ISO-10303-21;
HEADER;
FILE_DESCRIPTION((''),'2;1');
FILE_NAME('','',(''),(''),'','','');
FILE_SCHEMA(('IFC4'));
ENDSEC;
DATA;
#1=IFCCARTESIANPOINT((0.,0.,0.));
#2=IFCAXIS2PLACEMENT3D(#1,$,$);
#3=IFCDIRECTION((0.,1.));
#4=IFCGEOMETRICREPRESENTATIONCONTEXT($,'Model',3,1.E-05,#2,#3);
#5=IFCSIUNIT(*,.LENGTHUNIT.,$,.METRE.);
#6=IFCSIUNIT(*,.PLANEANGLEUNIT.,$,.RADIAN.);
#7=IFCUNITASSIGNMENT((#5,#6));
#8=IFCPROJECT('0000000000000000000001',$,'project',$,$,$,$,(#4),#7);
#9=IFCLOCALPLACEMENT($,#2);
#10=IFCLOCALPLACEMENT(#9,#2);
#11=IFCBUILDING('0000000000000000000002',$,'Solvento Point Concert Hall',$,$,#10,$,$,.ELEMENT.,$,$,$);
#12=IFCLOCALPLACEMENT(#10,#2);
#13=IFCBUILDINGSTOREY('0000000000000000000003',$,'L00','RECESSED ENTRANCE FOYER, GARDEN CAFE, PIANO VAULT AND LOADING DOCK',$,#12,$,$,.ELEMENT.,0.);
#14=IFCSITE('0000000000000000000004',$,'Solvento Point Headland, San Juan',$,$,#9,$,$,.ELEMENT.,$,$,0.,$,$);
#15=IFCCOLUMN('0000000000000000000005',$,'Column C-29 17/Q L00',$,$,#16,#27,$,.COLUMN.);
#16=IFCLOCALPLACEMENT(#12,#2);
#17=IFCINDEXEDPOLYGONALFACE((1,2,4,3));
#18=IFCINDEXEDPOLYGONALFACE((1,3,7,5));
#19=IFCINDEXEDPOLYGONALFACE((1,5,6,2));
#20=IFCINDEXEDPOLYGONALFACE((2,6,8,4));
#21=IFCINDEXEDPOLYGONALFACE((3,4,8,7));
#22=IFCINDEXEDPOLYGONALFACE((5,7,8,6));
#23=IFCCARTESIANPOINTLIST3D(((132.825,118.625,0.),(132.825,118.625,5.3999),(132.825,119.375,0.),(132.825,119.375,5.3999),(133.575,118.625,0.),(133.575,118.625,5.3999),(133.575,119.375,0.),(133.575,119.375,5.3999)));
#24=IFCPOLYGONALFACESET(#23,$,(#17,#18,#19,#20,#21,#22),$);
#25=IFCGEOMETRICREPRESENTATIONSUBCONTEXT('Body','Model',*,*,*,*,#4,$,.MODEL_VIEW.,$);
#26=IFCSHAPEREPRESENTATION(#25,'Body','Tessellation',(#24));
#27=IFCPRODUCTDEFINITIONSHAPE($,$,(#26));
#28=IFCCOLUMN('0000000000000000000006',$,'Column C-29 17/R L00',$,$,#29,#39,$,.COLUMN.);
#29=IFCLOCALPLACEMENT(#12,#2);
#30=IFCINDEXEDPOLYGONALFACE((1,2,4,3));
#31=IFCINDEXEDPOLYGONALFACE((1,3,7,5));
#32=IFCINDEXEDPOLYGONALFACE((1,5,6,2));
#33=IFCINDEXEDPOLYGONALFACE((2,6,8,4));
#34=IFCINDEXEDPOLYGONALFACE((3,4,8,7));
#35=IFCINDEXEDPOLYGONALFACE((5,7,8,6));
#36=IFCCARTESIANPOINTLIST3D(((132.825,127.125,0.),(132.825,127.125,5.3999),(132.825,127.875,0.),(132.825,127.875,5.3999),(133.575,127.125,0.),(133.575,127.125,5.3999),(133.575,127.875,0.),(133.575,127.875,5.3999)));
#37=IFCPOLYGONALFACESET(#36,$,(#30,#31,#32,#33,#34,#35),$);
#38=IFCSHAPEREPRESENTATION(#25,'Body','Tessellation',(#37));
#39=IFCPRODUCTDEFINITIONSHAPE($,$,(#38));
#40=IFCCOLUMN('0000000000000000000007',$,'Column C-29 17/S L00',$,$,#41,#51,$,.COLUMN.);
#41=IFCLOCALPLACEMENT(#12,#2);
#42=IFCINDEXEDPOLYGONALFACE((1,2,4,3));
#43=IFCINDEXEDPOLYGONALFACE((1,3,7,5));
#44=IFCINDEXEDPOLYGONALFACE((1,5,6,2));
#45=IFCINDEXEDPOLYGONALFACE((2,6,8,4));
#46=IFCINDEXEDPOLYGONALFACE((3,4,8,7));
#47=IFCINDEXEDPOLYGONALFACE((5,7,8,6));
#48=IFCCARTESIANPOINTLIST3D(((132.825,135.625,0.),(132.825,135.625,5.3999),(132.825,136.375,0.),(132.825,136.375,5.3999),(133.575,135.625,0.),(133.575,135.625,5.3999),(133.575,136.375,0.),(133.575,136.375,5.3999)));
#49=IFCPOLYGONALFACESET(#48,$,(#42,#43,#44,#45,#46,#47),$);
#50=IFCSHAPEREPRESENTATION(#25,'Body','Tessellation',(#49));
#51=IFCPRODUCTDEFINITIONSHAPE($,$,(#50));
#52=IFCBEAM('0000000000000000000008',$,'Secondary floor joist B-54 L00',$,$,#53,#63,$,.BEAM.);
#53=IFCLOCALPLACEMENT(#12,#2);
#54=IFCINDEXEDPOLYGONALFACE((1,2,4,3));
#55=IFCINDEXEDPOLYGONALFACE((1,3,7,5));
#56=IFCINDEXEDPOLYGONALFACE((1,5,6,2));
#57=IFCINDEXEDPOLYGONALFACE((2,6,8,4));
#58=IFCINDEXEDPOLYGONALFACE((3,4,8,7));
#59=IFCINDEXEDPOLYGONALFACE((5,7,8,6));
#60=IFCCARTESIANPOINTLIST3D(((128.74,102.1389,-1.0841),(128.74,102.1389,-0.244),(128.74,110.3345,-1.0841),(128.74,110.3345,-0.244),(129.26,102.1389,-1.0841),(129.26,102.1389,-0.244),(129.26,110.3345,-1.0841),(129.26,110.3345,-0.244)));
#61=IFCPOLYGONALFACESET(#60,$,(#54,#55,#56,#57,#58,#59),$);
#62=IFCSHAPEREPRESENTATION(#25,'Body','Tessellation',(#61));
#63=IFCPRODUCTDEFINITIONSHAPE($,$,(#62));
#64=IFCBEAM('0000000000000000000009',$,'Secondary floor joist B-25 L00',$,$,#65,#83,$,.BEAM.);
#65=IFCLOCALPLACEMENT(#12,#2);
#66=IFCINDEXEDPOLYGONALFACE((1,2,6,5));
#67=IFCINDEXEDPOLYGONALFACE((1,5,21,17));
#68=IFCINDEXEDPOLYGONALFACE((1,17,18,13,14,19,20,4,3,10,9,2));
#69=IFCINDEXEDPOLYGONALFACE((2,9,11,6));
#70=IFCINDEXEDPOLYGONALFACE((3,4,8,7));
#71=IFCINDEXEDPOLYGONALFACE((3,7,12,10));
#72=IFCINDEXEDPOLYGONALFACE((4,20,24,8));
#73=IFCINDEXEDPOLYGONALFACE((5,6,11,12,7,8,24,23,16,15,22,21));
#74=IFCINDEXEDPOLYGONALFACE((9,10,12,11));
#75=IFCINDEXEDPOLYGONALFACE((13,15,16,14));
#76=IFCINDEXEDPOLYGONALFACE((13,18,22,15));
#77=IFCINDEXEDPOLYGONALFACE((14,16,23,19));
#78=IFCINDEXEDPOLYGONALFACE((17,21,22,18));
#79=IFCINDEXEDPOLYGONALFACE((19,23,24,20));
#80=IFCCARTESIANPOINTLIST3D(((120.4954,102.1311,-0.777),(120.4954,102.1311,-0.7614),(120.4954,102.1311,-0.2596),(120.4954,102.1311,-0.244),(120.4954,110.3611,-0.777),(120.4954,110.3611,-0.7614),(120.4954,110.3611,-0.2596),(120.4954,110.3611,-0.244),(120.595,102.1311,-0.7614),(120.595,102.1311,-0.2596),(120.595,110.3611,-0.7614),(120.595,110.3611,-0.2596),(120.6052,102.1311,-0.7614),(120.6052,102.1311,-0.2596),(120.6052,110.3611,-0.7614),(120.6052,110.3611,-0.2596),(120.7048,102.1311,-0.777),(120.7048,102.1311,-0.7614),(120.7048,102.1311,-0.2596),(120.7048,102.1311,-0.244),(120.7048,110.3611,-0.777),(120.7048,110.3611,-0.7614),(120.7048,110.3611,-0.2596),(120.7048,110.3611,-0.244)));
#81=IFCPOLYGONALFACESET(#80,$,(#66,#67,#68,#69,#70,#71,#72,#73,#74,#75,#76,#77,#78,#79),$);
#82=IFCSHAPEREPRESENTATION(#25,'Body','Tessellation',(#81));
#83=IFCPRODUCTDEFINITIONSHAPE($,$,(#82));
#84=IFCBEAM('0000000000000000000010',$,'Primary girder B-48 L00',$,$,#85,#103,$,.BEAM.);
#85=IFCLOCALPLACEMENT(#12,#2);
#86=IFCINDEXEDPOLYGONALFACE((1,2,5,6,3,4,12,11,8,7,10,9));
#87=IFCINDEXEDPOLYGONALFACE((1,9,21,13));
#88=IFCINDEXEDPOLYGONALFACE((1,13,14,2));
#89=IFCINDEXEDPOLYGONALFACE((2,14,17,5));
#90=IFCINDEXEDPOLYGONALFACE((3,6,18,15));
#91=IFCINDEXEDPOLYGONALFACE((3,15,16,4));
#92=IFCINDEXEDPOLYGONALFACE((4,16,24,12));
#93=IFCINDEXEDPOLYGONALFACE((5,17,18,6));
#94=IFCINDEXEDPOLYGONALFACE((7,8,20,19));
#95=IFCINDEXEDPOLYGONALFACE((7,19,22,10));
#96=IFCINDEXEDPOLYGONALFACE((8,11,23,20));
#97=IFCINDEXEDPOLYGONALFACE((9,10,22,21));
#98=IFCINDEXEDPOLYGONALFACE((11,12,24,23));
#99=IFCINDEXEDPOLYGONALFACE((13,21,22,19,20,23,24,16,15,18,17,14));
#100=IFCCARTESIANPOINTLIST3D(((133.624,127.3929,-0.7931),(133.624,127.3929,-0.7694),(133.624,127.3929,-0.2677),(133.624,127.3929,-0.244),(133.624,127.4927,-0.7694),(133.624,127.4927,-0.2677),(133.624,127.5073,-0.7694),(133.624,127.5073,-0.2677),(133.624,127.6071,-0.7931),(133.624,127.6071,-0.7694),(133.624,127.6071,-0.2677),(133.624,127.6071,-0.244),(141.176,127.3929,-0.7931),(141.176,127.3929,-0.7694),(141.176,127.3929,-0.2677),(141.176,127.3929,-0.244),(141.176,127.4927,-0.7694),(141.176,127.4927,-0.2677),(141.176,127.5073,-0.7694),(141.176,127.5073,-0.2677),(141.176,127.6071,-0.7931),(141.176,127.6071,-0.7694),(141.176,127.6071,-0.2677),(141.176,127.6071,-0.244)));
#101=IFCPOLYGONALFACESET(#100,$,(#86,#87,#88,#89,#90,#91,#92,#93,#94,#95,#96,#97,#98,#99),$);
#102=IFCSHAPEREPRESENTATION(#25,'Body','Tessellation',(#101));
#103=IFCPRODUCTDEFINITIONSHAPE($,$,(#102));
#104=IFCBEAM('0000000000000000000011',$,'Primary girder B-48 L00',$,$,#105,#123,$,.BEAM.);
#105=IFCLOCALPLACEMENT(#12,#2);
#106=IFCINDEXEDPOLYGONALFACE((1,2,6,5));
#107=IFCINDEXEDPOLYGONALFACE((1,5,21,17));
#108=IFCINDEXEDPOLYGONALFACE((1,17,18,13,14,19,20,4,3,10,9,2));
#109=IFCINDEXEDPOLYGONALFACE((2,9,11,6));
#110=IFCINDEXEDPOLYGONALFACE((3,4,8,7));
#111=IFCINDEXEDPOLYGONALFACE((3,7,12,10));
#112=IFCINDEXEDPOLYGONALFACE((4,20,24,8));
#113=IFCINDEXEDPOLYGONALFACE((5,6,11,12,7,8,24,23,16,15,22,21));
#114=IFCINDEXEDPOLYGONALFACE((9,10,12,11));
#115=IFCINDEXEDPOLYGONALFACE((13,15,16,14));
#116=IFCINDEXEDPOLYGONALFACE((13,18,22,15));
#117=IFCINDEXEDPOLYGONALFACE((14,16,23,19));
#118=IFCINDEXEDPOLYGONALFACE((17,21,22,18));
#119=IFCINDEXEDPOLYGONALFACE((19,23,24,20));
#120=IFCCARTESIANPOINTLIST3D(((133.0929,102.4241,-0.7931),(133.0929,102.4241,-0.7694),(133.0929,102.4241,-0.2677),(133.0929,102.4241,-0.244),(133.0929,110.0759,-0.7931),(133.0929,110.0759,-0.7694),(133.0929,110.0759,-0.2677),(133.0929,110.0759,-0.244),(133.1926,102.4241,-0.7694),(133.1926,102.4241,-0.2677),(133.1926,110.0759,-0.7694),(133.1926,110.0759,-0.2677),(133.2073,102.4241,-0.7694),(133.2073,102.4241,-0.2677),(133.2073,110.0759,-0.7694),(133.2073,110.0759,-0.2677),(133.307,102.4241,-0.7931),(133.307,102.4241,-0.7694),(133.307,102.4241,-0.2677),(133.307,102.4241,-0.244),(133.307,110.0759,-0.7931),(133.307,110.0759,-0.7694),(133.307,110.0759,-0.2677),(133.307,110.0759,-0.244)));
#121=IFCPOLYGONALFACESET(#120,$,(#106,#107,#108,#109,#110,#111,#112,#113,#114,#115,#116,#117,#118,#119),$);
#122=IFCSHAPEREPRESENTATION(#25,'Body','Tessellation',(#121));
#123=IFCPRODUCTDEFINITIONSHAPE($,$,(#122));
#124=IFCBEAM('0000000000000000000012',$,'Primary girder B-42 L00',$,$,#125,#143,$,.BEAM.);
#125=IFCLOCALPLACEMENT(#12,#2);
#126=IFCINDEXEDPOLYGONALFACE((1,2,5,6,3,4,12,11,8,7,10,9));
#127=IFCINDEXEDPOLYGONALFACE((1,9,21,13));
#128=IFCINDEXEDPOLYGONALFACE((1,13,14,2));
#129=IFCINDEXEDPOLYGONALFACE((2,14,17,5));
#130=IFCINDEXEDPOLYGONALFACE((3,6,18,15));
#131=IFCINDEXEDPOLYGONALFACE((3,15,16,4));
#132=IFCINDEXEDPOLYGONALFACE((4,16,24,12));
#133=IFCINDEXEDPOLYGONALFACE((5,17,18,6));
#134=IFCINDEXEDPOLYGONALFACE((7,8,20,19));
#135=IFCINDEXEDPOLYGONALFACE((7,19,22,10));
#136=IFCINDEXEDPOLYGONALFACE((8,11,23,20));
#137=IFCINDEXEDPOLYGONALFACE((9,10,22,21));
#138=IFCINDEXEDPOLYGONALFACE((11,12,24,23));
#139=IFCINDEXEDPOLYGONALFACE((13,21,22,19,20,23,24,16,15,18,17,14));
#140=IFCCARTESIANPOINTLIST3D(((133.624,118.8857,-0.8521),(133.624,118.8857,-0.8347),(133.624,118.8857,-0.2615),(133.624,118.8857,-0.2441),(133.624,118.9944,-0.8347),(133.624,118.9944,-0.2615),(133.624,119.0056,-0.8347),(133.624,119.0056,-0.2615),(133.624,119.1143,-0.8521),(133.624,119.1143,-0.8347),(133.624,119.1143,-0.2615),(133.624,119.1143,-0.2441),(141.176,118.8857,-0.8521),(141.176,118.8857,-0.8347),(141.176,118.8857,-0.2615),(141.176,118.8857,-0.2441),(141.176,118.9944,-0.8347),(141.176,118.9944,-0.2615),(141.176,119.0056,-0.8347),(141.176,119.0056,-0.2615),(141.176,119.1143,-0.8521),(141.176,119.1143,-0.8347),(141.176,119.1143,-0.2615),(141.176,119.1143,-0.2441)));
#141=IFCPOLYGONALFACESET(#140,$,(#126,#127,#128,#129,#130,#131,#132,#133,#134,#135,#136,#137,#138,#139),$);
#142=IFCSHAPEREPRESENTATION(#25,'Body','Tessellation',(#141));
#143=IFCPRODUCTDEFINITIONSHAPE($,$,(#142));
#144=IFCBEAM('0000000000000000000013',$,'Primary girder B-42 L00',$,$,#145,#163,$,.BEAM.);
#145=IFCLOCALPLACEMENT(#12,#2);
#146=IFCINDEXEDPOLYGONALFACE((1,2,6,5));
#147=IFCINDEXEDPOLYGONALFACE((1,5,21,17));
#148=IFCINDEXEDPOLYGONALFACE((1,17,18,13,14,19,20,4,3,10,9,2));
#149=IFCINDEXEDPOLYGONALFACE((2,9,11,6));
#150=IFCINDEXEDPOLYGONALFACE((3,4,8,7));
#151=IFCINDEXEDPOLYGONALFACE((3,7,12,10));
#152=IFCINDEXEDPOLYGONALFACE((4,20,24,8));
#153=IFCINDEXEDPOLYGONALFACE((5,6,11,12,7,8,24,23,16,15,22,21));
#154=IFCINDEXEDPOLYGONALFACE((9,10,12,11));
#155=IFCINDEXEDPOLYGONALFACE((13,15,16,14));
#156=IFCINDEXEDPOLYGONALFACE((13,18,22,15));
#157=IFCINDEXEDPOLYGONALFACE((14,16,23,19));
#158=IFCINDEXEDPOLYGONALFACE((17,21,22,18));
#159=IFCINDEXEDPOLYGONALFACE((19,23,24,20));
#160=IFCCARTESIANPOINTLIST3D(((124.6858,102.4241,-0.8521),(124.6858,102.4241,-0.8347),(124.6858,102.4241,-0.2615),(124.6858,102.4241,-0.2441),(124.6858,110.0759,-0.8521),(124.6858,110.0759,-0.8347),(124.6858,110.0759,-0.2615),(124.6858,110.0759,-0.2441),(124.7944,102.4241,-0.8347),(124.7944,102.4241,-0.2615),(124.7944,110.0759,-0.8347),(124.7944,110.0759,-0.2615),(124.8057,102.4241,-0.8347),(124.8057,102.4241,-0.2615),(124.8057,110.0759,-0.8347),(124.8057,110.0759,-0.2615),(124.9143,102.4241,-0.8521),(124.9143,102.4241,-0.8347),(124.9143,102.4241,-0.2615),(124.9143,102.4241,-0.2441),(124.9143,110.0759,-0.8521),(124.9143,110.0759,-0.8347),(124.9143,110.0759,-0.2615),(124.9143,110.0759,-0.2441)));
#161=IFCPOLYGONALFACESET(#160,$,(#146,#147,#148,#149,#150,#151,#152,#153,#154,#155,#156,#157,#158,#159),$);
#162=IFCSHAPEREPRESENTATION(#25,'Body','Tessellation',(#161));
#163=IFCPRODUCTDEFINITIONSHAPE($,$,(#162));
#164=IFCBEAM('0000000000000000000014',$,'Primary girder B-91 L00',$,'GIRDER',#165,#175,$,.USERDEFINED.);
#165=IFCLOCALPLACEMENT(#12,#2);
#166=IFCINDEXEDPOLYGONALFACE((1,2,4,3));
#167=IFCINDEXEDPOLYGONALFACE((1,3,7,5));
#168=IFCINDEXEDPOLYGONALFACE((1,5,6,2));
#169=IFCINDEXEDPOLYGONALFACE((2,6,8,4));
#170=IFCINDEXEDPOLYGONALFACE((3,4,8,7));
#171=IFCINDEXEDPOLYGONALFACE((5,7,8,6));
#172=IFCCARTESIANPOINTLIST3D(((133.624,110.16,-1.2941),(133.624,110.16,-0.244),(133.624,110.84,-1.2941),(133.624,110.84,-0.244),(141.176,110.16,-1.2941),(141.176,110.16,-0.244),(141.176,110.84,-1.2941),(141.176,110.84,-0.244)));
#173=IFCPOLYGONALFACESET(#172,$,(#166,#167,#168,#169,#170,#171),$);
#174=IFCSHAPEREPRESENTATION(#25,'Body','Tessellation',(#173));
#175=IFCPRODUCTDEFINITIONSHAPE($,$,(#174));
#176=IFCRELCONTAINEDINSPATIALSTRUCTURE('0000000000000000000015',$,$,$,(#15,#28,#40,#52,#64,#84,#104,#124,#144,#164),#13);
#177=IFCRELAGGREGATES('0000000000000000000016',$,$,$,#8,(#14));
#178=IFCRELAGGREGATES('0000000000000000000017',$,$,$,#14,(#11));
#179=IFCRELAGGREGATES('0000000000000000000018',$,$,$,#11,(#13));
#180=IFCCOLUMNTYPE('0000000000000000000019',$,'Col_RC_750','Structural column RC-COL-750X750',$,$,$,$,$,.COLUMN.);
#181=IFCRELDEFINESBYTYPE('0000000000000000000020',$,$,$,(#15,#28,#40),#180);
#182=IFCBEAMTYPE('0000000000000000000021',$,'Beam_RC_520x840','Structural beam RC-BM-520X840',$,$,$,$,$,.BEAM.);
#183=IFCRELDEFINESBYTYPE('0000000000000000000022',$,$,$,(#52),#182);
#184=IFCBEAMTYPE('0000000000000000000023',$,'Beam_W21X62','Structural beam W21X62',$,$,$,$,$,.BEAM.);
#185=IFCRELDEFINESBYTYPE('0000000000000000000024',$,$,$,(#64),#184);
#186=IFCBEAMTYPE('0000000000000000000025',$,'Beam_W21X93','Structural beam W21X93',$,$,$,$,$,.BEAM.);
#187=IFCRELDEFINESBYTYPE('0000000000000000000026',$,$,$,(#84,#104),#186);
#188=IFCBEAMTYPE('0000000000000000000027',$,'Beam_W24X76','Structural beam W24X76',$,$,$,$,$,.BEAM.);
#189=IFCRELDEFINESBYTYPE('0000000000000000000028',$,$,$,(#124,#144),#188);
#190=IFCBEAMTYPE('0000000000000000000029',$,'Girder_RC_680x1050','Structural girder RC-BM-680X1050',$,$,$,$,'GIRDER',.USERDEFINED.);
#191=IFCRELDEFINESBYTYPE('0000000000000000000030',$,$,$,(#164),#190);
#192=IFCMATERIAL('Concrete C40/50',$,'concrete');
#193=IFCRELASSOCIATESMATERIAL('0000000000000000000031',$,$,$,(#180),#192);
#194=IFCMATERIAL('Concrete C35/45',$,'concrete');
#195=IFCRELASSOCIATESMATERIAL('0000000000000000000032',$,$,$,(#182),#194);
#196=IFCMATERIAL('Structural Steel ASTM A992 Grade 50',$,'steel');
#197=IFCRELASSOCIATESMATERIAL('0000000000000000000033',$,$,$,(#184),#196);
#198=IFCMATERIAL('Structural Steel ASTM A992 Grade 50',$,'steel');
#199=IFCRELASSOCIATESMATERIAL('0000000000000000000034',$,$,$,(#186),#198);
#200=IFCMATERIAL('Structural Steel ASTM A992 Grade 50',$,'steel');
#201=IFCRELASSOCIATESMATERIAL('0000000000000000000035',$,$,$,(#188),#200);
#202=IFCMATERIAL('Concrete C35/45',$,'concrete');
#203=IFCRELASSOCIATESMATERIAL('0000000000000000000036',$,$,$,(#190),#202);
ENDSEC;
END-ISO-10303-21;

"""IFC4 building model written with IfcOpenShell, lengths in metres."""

from ifc_helpers import new_model, si_unit, direction, frame, origin, origin_2d, place, context, subcontext, project, spatial, rectangle, i_section, extrude, material, material_profile, profile_set, type_object, element, save


model = new_model("IFC4")

# Units and contexts
model_context = context("Model", 3, precision=1e-05, world=origin(), true_north=direction((0.0, 1.0)))
body_context = subcontext(model_context, "Body", "Model", "MODEL_VIEW")
ifc_project = project(units=[si_unit("LENGTHUNIT", "METRE"), si_unit("PLANEANGLEUNIT", "RADIAN")], contexts=[model_context])

# Site, building, storey
site_placement = place(None, origin())
site = spatial("IfcSite", under=ifc_project, at=site_placement, Name="Solvento Point Headland, San Juan", CompositionType="ELEMENT", RefElevation=0.0)
building_placement = place(site_placement, origin())
building = spatial("IfcBuilding", under=site, at=building_placement, Name="Solvento Point Concert Hall", CompositionType="ELEMENT")
storey_placement = place(building_placement, origin())
storey = spatial("IfcBuildingStorey", under=building, at=storey_placement, Name="L00", Description="RECESSED ENTRANCE FOYER, GARDEN CAFE, PIANO VAULT AND LOADING DOCK", CompositionType="ELEMENT", Elevation=0.0)

# Columns
ifc_material_1 = material(Name="Concrete C40/50", Category="concrete")
ifc_material_profile_1 = material_profile(ifc_material_1, rectangle(XDim=0.75, YDim=0.75, at=origin_2d()), Name="RC-COL-750X750")
ifc_profile_set_1 = profile_set([ifc_material_profile_1], Name="Concrete C40/50")
column_type = type_object("IfcColumnType", Name="Col_RC_750", Description="Structural column RC-COL-750X750", PredefinedType="COLUMN", material=ifc_profile_set_1)
for number, where, z_axis, x_axis, name in (
    (1, (133.2, 119.0, 0.0), (0.0, 0.0, 1.0), (1.0, 0.0, 0.0), "Column C-29 17/Q L00"),
    (2, (133.2, 127.5, 0.0), (0.0, 0.0, 1.0), (1.0, 0.0, 0.0), "Column C-29 17/R L00"),
    (3, (133.2, 136.0, 0.0), (0.0, 0.0, 1.0), (1.0, 0.0, 0.0), "Column C-29 17/S L00"),
):
    element("IfcColumn", number, at=place(storey_placement, frame(where, z_axis=z_axis, x_axis=x_axis)), inside=storey, type_object=column_type, Name=name, PredefinedType="COLUMN", context=body_context, shape_type="SweptSolid", body=[
        extrude(rectangle(XDim=0.75, YDim=0.75, at=origin_2d()), origin(), (0.0, 0.0, 1.0), 5.3999),
    ])

# Beams
ifc_material_2 = material(Name="Concrete C35/45", Category="concrete")
ifc_material_profile_2 = material_profile(ifc_material_2, rectangle(XDim=0.52, YDim=0.8401, at=origin_2d()), Name="RC-BM-520X840")
ifc_profile_set_2 = profile_set([ifc_material_profile_2], Name="Concrete C35/45")
beam_type_1 = type_object("IfcBeamType", Name="Beam_RC_520x840", Description="Structural beam RC-BM-520X840", PredefinedType="BEAM", material=ifc_profile_set_2)
beam_1_placement = place(storey_placement, frame((129.0, 102.1389, -0.6641), z_axis=(0.0, 1.0, 0.0), x_axis=(-1.0, 0.0, 0.0)))
element("IfcBeam", 4, at=beam_1_placement, inside=storey, type_object=beam_type_1, Name="Secondary floor joist B-54 L00", PredefinedType="BEAM", context=body_context, shape_type="SweptSolid", body=[
    extrude(rectangle(XDim=0.52, YDim=0.8401, at=origin_2d()), origin(), (0.0, 0.0, 1.0), 8.1956),
])
ifc_material_3 = material(Name="Structural Steel ASTM A992 Grade 50", Category="steel")
ifc_material_profile_3 = material_profile(ifc_material_3, i_section(OverallWidth=0.2095, OverallDepth=0.533, WebThickness=0.0103, FlangeThickness=0.0156, at=origin_2d()), Name="W21X62")
ifc_profile_set_3 = profile_set([ifc_material_profile_3], Name="Structural Steel ASTM A992 Grade 50")
beam_type_2 = type_object("IfcBeamType", Name="Beam_W21X62", Description="Structural beam W21X62", PredefinedType="BEAM", material=ifc_profile_set_3)
beam_2_placement = place(storey_placement, frame((120.6001, 102.1311, -0.5105), z_axis=(0.0, 1.0, 0.0), x_axis=(-1.0, 0.0, 0.0)))
element("IfcBeam", 5, at=beam_2_placement, inside=storey, type_object=beam_type_2, Name="Secondary floor joist B-25 L00", PredefinedType="BEAM", context=body_context, shape_type="SweptSolid", body=[
    extrude(i_section(OverallWidth=0.2095, OverallDepth=0.533, WebThickness=0.0103, FlangeThickness=0.0156, at=origin_2d()), origin(), (0.0, 0.0, 1.0), 8.23),
])
ifc_material_4 = material(Name="Structural Steel ASTM A992 Grade 50", Category="steel")
ifc_material_profile_4 = material_profile(ifc_material_4, i_section(OverallWidth=0.2141, OverallDepth=0.5491, WebThickness=0.0146, FlangeThickness=0.0237, at=origin_2d()), Name="W21X93")
ifc_profile_set_4 = profile_set([ifc_material_profile_4], Name="Structural Steel ASTM A992 Grade 50")
beam_type_3 = type_object("IfcBeamType", Name="Beam_W21X93", Description="Structural beam W21X93", PredefinedType="BEAM", material=ifc_profile_set_4)
beam_3_placement = place(storey_placement, frame((133.624, 127.5, -0.5186), z_axis=(1.0, 0.0, 0.0), x_axis=(0.0, 1.0, 0.0)))
element("IfcBeam", 6, at=beam_3_placement, inside=storey, type_object=beam_type_3, Name="Primary girder B-48 L00", PredefinedType="BEAM", context=body_context, shape_type="SweptSolid", body=[
    extrude(i_section(OverallWidth=0.2141, OverallDepth=0.5491, WebThickness=0.0146, FlangeThickness=0.0237, at=origin_2d()), origin(), (0.0, 0.0, 1.0), 7.552),
])
beam_4_placement = place(storey_placement, frame((133.2, 102.4241, -0.5186), z_axis=(0.0, 1.0, 0.0), x_axis=(-1.0, 0.0, 0.0)))
element("IfcBeam", 7, at=beam_4_placement, inside=storey, type_object=beam_type_3, Name="Primary girder B-48 L00", PredefinedType="BEAM", context=body_context, shape_type="SweptSolid", body=[
    extrude(i_section(OverallWidth=0.2141, OverallDepth=0.5491, WebThickness=0.0146, FlangeThickness=0.0237, at=origin_2d()), origin(), (0.0, 0.0, 1.0), 7.6519),
])
ifc_material_5 = material(Name="Structural Steel ASTM A992 Grade 50", Category="steel")
ifc_material_profile_5 = material_profile(ifc_material_5, i_section(OverallWidth=0.2285, OverallDepth=0.6079, WebThickness=0.0112, FlangeThickness=0.0173, at=origin_2d()), Name="W24X76")
ifc_profile_set_5 = profile_set([ifc_material_profile_5], Name="Structural Steel ASTM A992 Grade 50")
beam_type_4 = type_object("IfcBeamType", Name="Beam_W24X76", Description="Structural beam W24X76", PredefinedType="BEAM", material=ifc_profile_set_5)
beam_5_placement = place(storey_placement, frame((133.624, 119.0, -0.5481), z_axis=(1.0, 0.0, 0.0), x_axis=(0.0, 1.0, 0.0)))
element("IfcBeam", 8, at=beam_5_placement, inside=storey, type_object=beam_type_4, Name="Primary girder B-42 L00", PredefinedType="BEAM", context=body_context, shape_type="SweptSolid", body=[
    extrude(i_section(OverallWidth=0.2285, OverallDepth=0.6079, WebThickness=0.0112, FlangeThickness=0.0173, at=origin_2d()), origin(), (0.0, 0.0, 1.0), 7.552),
])
beam_6_placement = place(storey_placement, frame((124.8, 102.4241, -0.5481), z_axis=(0.0, 1.0, 0.0), x_axis=(-1.0, 0.0, 0.0)))
element("IfcBeam", 9, at=beam_6_placement, inside=storey, type_object=beam_type_4, Name="Primary girder B-42 L00", PredefinedType="BEAM", context=body_context, shape_type="SweptSolid", body=[
    extrude(i_section(OverallWidth=0.2285, OverallDepth=0.6079, WebThickness=0.0112, FlangeThickness=0.0173, at=origin_2d()), origin(), (0.0, 0.0, 1.0), 7.6519),
])
ifc_material_6 = material(Name="Concrete C35/45", Category="concrete")
ifc_material_profile_6 = material_profile(ifc_material_6, rectangle(XDim=0.6799, YDim=1.05, at=origin_2d()), Name="RC-BM-680X1050")
ifc_profile_set_6 = profile_set([ifc_material_profile_6], Name="Concrete C35/45")
beam_type_5 = type_object("IfcBeamType", Name="Girder_RC_680x1050", Description="Structural girder RC-BM-680X1050", ElementType="GIRDER", PredefinedType="USERDEFINED", material=ifc_profile_set_6)
beam_7_placement = place(storey_placement, frame((133.624, 110.5, -0.769), z_axis=(1.0, 0.0, 0.0), x_axis=(0.0, 1.0, 0.0)))
element("IfcBeam", 10, at=beam_7_placement, inside=storey, type_object=beam_type_5, Name="Primary girder B-91 L00", ObjectType="GIRDER", PredefinedType="USERDEFINED", context=body_context, shape_type="SweptSolid", body=[
    extrude(rectangle(XDim=0.6799, YDim=1.05, at=origin_2d()), origin(), (0.0, 0.0, 1.0), 7.552),
])

save(model, "model.ifc")
